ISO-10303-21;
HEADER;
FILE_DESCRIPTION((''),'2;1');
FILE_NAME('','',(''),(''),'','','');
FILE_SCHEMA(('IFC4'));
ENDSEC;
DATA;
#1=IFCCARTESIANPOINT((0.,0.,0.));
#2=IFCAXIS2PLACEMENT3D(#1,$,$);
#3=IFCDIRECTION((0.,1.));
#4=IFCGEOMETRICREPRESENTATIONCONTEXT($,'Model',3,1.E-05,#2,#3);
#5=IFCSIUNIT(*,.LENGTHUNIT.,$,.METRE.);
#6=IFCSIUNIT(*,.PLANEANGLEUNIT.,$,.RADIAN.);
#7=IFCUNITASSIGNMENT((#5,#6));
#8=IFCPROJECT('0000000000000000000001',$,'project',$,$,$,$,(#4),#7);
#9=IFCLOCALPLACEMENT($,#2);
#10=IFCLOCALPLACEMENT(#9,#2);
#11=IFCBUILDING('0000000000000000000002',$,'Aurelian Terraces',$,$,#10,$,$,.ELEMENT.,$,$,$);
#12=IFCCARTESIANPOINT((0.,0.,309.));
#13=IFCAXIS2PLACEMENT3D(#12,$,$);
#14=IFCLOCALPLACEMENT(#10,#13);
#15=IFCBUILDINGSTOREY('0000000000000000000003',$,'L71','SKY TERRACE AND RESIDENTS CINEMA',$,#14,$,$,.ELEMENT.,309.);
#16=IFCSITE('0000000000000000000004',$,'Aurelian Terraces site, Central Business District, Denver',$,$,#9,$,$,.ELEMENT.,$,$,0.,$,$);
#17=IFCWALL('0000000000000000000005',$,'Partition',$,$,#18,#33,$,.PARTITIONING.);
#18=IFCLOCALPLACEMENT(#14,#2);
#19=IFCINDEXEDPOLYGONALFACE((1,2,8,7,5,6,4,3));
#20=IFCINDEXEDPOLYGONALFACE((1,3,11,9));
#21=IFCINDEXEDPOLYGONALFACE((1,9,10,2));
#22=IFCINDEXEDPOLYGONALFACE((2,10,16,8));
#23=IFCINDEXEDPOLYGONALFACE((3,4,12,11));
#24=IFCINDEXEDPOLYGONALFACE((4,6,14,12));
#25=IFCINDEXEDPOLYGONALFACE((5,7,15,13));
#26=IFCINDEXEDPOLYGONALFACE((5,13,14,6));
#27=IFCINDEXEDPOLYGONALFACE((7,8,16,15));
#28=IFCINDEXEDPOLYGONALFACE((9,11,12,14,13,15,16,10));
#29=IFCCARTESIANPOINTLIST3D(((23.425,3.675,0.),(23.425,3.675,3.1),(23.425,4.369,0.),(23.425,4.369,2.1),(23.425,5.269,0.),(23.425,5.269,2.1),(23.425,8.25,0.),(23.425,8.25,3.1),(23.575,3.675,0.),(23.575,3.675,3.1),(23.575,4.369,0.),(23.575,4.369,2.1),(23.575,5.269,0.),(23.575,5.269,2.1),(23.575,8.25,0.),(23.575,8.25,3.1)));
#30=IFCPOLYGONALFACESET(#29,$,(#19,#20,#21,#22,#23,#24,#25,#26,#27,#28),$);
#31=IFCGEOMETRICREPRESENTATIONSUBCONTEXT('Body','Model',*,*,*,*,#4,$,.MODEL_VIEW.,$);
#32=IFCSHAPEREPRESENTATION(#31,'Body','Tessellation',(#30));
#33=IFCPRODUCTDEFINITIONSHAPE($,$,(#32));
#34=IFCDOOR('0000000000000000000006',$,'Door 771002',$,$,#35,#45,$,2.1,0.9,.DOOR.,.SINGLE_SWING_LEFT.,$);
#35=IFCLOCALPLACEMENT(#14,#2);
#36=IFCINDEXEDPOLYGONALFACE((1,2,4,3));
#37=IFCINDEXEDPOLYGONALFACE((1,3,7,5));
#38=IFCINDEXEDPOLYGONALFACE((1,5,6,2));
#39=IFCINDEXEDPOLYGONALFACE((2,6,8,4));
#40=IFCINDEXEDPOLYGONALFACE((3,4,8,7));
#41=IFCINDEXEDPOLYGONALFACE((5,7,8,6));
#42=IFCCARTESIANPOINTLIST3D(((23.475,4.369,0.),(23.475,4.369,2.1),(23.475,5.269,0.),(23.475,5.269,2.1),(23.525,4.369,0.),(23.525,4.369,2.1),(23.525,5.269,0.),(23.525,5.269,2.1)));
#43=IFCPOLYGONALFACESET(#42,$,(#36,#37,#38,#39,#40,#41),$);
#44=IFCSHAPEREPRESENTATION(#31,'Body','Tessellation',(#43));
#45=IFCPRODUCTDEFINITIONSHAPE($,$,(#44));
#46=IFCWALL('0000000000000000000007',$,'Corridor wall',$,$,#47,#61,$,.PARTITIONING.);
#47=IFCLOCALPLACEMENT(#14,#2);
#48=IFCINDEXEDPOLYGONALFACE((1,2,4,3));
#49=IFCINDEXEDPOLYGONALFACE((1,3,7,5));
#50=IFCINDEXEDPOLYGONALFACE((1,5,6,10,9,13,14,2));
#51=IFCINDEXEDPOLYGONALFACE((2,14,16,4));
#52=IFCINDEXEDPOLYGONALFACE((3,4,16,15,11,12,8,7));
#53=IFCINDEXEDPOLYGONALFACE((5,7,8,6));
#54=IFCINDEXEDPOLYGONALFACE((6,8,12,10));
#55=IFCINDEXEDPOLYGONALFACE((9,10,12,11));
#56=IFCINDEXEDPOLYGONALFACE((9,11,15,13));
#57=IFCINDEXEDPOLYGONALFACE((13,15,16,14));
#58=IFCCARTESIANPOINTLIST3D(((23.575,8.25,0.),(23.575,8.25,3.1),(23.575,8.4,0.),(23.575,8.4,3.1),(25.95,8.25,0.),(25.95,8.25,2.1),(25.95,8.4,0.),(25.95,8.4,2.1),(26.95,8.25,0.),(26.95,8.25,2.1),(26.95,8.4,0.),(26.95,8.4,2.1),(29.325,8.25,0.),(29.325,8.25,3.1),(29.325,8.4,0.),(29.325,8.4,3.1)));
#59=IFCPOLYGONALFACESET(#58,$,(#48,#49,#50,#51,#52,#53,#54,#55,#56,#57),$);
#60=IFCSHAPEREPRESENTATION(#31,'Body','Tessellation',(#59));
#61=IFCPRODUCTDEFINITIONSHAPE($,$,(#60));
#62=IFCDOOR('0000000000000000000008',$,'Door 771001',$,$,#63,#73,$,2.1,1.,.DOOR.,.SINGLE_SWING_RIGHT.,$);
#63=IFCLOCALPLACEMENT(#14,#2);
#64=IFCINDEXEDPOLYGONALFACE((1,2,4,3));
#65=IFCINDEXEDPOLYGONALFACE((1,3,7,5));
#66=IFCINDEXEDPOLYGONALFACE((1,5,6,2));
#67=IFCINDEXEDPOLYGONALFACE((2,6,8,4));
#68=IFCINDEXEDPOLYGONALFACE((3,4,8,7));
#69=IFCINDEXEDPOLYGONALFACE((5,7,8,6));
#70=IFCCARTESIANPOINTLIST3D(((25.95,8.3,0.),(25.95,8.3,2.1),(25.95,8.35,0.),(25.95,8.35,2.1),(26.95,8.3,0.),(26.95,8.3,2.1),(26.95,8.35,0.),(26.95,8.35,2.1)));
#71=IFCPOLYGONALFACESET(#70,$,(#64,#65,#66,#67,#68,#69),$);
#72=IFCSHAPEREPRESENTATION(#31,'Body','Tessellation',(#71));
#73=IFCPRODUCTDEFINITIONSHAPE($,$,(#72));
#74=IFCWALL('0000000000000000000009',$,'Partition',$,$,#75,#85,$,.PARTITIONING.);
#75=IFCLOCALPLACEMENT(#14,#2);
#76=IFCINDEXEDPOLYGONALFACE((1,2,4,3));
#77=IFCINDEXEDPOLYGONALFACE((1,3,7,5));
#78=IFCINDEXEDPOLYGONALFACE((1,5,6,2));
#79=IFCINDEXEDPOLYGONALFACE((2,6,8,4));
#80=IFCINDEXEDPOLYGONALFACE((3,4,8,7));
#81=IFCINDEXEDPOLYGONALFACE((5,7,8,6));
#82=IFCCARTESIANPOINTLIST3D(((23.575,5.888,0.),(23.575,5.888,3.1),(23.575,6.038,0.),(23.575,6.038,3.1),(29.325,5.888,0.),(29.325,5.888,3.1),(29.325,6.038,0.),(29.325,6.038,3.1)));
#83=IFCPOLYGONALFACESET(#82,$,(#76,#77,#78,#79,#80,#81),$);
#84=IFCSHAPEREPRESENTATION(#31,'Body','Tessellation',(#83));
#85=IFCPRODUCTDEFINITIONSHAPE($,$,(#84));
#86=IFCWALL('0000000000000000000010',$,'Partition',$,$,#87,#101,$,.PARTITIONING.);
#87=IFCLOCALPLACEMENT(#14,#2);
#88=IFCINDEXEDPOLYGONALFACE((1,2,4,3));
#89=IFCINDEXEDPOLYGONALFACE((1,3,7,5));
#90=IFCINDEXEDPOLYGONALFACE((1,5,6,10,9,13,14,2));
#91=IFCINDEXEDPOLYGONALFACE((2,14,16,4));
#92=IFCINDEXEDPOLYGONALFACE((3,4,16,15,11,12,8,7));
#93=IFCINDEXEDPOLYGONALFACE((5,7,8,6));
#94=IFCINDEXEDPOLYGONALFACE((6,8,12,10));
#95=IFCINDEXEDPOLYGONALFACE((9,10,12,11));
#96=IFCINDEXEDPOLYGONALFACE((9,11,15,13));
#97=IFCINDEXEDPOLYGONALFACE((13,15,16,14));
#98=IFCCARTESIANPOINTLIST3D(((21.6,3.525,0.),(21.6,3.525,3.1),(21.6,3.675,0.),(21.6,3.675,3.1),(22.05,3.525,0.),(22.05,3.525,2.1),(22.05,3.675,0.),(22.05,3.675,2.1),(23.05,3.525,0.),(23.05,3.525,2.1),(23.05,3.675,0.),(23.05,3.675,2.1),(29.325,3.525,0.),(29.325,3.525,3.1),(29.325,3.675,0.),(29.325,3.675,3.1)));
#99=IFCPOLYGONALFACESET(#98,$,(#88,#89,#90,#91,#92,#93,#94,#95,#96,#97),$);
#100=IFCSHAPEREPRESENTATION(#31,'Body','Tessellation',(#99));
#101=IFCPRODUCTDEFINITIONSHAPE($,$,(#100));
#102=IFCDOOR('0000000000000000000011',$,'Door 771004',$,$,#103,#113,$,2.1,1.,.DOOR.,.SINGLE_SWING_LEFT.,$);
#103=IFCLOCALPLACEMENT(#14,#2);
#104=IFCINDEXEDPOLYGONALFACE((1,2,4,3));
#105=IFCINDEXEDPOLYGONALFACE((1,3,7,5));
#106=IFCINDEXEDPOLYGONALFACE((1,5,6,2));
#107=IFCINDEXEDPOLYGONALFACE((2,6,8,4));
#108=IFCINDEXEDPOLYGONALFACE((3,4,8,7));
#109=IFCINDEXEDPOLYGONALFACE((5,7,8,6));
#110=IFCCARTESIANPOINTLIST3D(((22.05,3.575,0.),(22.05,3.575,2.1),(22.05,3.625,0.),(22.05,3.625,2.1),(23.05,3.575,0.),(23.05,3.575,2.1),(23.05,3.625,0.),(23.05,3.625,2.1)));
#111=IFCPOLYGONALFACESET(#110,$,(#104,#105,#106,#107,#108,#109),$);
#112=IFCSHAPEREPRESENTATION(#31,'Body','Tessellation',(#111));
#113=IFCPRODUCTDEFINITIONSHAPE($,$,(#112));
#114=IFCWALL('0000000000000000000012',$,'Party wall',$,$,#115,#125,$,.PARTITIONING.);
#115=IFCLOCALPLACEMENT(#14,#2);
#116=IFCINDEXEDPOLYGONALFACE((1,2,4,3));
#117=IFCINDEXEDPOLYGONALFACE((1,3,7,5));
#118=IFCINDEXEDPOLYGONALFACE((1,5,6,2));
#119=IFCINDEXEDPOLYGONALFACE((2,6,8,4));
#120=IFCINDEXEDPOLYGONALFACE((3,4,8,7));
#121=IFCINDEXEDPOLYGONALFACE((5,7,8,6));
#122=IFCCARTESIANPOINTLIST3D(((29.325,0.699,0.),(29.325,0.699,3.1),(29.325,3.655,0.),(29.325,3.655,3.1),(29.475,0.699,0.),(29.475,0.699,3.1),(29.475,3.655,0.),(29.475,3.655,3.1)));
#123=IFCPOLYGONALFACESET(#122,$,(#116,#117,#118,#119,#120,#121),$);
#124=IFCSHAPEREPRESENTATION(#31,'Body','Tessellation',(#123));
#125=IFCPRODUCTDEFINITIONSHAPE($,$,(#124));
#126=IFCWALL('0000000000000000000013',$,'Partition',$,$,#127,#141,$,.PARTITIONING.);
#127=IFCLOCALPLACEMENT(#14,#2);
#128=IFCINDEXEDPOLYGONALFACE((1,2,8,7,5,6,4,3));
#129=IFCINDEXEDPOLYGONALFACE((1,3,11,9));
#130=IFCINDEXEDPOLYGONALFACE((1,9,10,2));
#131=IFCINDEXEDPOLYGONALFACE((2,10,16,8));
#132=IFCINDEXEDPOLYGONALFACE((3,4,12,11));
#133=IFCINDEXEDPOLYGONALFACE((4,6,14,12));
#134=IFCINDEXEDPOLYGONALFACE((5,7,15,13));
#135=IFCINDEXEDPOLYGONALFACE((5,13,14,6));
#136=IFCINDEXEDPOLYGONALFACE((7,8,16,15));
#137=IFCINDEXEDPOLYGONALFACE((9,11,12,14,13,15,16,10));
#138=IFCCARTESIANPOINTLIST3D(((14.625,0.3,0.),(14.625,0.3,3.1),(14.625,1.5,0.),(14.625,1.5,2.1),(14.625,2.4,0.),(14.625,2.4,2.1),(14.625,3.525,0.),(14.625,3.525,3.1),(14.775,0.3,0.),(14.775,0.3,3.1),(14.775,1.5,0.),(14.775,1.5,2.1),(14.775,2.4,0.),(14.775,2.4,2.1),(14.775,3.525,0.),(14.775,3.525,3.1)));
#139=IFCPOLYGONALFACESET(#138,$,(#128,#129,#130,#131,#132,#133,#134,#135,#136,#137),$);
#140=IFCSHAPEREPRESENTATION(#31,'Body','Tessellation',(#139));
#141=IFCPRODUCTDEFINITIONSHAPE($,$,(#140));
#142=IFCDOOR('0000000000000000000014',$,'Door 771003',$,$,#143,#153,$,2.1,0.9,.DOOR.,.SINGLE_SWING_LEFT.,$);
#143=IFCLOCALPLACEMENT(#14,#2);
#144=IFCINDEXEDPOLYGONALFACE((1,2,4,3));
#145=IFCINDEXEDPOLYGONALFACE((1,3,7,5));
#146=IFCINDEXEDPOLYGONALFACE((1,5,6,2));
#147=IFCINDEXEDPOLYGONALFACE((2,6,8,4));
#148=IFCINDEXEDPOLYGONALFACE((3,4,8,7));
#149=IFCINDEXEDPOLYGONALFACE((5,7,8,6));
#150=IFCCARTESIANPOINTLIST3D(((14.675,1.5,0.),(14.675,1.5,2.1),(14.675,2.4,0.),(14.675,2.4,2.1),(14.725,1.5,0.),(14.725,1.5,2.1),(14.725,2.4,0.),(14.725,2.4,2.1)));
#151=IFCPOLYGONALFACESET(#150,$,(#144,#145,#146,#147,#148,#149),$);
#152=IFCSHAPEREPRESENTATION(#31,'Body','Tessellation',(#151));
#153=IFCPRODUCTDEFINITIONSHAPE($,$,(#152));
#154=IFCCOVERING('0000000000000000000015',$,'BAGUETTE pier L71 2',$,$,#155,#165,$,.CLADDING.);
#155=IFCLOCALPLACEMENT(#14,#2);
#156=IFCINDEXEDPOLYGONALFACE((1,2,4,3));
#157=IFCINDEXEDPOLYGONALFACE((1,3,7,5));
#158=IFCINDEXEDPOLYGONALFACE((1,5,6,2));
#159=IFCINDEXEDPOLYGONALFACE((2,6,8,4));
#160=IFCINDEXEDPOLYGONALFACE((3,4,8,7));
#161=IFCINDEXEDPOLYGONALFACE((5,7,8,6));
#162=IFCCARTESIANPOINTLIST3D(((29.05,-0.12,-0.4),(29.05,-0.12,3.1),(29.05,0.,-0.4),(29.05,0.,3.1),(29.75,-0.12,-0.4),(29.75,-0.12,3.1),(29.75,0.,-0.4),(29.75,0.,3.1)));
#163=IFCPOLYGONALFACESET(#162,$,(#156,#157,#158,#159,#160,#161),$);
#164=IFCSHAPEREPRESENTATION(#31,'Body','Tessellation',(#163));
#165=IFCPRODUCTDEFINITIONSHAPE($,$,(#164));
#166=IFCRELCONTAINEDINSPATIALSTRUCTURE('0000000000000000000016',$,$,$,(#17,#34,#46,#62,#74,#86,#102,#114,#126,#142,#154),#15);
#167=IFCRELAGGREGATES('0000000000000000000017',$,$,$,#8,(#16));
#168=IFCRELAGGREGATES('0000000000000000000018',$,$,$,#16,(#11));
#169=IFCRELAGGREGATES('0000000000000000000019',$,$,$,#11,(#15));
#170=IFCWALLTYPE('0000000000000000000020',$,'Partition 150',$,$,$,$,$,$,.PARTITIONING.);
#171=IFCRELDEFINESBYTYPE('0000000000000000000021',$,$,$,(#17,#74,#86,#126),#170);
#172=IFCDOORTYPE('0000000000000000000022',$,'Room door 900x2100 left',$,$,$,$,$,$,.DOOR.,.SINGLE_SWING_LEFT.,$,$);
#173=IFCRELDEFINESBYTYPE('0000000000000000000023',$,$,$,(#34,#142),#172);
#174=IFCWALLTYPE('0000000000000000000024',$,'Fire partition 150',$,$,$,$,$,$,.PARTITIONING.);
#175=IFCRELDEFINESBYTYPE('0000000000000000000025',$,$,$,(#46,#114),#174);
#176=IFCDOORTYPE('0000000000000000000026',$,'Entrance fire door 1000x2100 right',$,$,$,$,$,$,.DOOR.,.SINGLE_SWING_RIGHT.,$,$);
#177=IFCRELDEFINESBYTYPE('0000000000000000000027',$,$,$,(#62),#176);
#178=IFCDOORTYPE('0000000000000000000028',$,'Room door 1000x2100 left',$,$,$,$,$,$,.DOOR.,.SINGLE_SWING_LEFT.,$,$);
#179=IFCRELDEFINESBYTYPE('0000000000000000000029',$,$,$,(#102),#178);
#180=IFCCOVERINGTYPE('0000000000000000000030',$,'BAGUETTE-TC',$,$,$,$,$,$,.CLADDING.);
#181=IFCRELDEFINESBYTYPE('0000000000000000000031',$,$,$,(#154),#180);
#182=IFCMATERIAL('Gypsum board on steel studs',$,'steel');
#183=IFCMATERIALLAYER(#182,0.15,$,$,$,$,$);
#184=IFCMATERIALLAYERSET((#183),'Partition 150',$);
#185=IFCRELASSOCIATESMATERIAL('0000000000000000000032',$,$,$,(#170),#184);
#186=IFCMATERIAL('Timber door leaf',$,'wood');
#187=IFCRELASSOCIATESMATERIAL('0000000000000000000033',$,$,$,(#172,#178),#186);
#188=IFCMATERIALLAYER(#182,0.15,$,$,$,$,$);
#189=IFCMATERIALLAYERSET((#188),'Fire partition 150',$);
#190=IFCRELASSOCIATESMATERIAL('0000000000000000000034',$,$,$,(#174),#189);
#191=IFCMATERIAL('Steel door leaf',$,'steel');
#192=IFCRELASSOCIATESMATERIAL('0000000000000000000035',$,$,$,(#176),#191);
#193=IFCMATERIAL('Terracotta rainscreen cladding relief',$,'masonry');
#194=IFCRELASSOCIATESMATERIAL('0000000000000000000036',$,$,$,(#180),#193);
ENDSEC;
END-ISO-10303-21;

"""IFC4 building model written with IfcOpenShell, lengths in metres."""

from ifc_helpers import new_model, si_unit, direction, frame, frame_2d, origin, origin_2d, place, context, subcontext, project, spatial, rectangle, extrude, source, transform, mapped, material, layer, layer_set, type_object, element, fill, save


model = new_model("IFC4")

# Units and contexts
model_context = context("Model", 3, precision=1e-05, world=origin(), true_north=direction((0.0, 1.0)))
body_context = subcontext(model_context, "Body", "Model", "MODEL_VIEW")
ifc_project = project(units=[si_unit("LENGTHUNIT", "METRE"), si_unit("PLANEANGLEUNIT", "RADIAN")], contexts=[model_context])

# Site, building, storey
site_placement = place(None, origin())
site = spatial("IfcSite", under=ifc_project, at=site_placement, Name="Aurelian Terraces site, Central Business District, Denver", CompositionType="ELEMENT", RefElevation=0.0)
building_placement = place(site_placement, origin())
building = spatial("IfcBuilding", under=site, at=building_placement, Name="Aurelian Terraces", CompositionType="ELEMENT")
storey_placement = place(building_placement, frame((0.0, 0.0, 309.0)))
storey = spatial("IfcBuildingStorey", under=building, at=storey_placement, Name="L71", Description="SKY TERRACE AND RESIDENTS CINEMA", CompositionType="ELEMENT", Elevation=309.0)

# Shared definitions
ifc_material_1 = material(Name="Steel door leaf", Category="steel")

# Walls, openings, doors
ifc_material_2 = material(Name="Gypsum board on steel studs", Category="steel")
shared_shape_1 = source(origin(), body_context, "Body", "SweptSolid", [
    extrude(rectangle(XDim=0.9, YDim=2.1, at=frame_2d((0.45, 1.05))), frame((0.0, 0.025, 0.0), z_axis=(0.0, -1.0, 0.0), x_axis=(1.0, 0.0, 0.0)), (0.0, 0.0, 1.0), 0.05),
])
ifc_layer_1 = layer(ifc_material_2, 0.15)
ifc_layer_set_1 = layer_set([ifc_layer_1], Name="Partition 150")
wall_type_1 = type_object("IfcWallType", Name="Partition 150", PredefinedType="PARTITIONING", material=ifc_layer_set_1)
shared_shape_2 = source(origin(), body_context, "Body", "SweptSolid", [
    extrude(rectangle(XDim=4.575, YDim=0.15, at=frame_2d((2.2875, 0.0))), origin(), (0.0, 0.0, 1.0), 3.1),
])
wall_1_placement = place(storey_placement, frame((23.5, 8.25, 0.0), z_axis=(0.0, 0.0, 1.0), x_axis=(0.0, -1.0, 0.0)))
wall_1 = element("IfcWall", 1, at=wall_1_placement, inside=storey, type_object=wall_type_1, Name="Partition", PredefinedType="PARTITIONING", context=body_context, shape_type="MappedRepresentation", body=[
    mapped(shared_shape_2, transform((0.0, 0.0, 0.0), scale=1.0)),
])
shared_shape_3 = source(origin(), body_context, "Body", "SweptSolid", [
    extrude(rectangle(XDim=0.9, YDim=2.1, at=frame_2d((0.45, 1.05))), frame((0.0, 0.085, 0.0), z_axis=(0.0, -1.0, 0.0), x_axis=(1.0, 0.0, 0.0)), (0.0, 0.0, 1.0), 0.17),
])
opening_1_placement = place(wall_1_placement, frame((2.981, 0.0, 0.0)))
opening_1 = element("IfcOpeningElement", 2, at=opening_1_placement, cuts=wall_1, PredefinedType="OPENING", context=body_context, shape_type="MappedRepresentation", body=[
    mapped(shared_shape_3, transform((0.0, 0.0, 0.0), scale=1.0)),
])
ifc_material_3 = material(Name="Timber door leaf", Category="wood")
door_type_1 = type_object("IfcDoorType", Name="Room door 900x2100 left", OperationType="SINGLE_SWING_LEFT", PredefinedType="DOOR", material=ifc_material_3)
door_1_placement = place(opening_1_placement, origin())
door_1 = element("IfcDoor", 3, at=door_1_placement, inside=storey, type_object=door_type_1, Name="Door 771002", OperationType="SINGLE_SWING_LEFT", OverallHeight=2.1, OverallWidth=0.9, PredefinedType="DOOR", context=body_context, shape_type="MappedRepresentation", body=[
    mapped(shared_shape_1, transform((0.0, 0.0, 0.0), scale=1.0)),
])
fill(opening_1, door_1)
ifc_layer_2 = layer(ifc_material_2, 0.15)
ifc_layer_set_2 = layer_set([ifc_layer_2], Name="Fire partition 150")
wall_type_2 = type_object("IfcWallType", Name="Fire partition 150", PredefinedType="PARTITIONING", material=ifc_layer_set_2)
shared_shape_4 = source(origin(), body_context, "Body", "SweptSolid", [
    extrude(rectangle(XDim=5.75, YDim=0.15, at=frame_2d((2.875, 0.0))), origin(), (0.0, 0.0, 1.0), 3.1),
])
wall_2_placement = place(storey_placement, frame((29.325, 8.325, 0.0), z_axis=(0.0, 0.0, 1.0), x_axis=(-1.0, 0.0, 0.0)))
wall_2 = element("IfcWall", 4, at=wall_2_placement, inside=storey, type_object=wall_type_2, Name="Corridor wall", PredefinedType="PARTITIONING", context=body_context, shape_type="MappedRepresentation", body=[
    mapped(shared_shape_4, transform((0.0, 0.0, 0.0), scale=1.0)),
])
shared_shape_5 = source(origin(), body_context, "Body", "SweptSolid", [
    extrude(rectangle(XDim=1.0, YDim=2.1, at=frame_2d((0.5, 1.05))), frame((0.0, 0.085, 0.0), z_axis=(0.0, -1.0, 0.0), x_axis=(1.0, 0.0, 0.0)), (0.0, 0.0, 1.0), 0.17),
])
opening_2_placement = place(wall_2_placement, frame((2.375, 0.0, 0.0)))
opening_2 = element("IfcOpeningElement", 5, at=opening_2_placement, cuts=wall_2, PredefinedType="OPENING", context=body_context, shape_type="MappedRepresentation", body=[
    mapped(shared_shape_5, transform((0.0, 0.0, 0.0), scale=1.0)),
])
door_type_2 = type_object("IfcDoorType", Name="Entrance fire door 1000x2100 right", OperationType="SINGLE_SWING_RIGHT", PredefinedType="DOOR", material=ifc_material_1)
shared_shape_6 = source(origin(), body_context, "Body", "SweptSolid", [
    extrude(rectangle(XDim=1.0, YDim=2.1, at=frame_2d((0.5, 1.05))), frame((0.0, 0.025, 0.0), z_axis=(0.0, -1.0, 0.0), x_axis=(1.0, 0.0, 0.0)), (0.0, 0.0, 1.0), 0.05),
])
door_2_placement = place(opening_2_placement, origin())
door_2 = element("IfcDoor", 6, at=door_2_placement, inside=storey, type_object=door_type_2, Name="Door 771001", OperationType="SINGLE_SWING_RIGHT", OverallHeight=2.1, OverallWidth=1.0, PredefinedType="DOOR", context=body_context, shape_type="MappedRepresentation", body=[
    mapped(shared_shape_6, transform((0.0, 0.0, 0.0), scale=1.0)),
])
fill(opening_2, door_2)

# Wall
wall_3_placement = place(storey_placement, frame((29.325, 5.963, 0.0), z_axis=(0.0, 0.0, 1.0), x_axis=(-1.0, 0.0, 0.0)))
element("IfcWall", 7, at=wall_3_placement, inside=storey, type_object=wall_type_1, Name="Partition", PredefinedType="PARTITIONING", context=body_context, shape_type="MappedRepresentation", body=[
    mapped(shared_shape_4, transform((0.0, 0.0, 0.0), scale=1.0)),
])

# Wall, opening, door
shared_shape_7 = source(origin(), body_context, "Body", "SweptSolid", [
    extrude(rectangle(XDim=7.725, YDim=0.15, at=frame_2d((3.8625, 0.0))), origin(), (0.0, 0.0, 1.0), 3.1),
])
wall_4_placement = place(storey_placement, frame((21.6, 3.6, 0.0), z_axis=(0.0, 0.0, 1.0), x_axis=(1.0, 0.0, 0.0)))
wall_4 = element("IfcWall", 8, at=wall_4_placement, inside=storey, type_object=wall_type_1, Name="Partition", PredefinedType="PARTITIONING", context=body_context, shape_type="MappedRepresentation", body=[
    mapped(shared_shape_7, transform((0.0, 0.0, 0.0), scale=1.0)),
])
opening_3_placement = place(wall_4_placement, frame((0.45, 0.0, 0.0)))
opening_3 = element("IfcOpeningElement", 9, at=opening_3_placement, cuts=wall_4, PredefinedType="OPENING", context=body_context, shape_type="MappedRepresentation", body=[
    mapped(shared_shape_5, transform((0.0, 0.0, 0.0), scale=1.0)),
])
door_type_3 = type_object("IfcDoorType", Name="Room door 1000x2100 left", OperationType="SINGLE_SWING_LEFT", PredefinedType="DOOR", material=ifc_material_3)
door_3_placement = place(opening_3_placement, origin())
door_3 = element("IfcDoor", 10, at=door_3_placement, inside=storey, type_object=door_type_3, Name="Door 771004", OperationType="SINGLE_SWING_LEFT", OverallHeight=2.1, OverallWidth=1.0, PredefinedType="DOOR", context=body_context, shape_type="MappedRepresentation", body=[
    mapped(shared_shape_6, transform((0.0, 0.0, 0.0), scale=1.0)),
])
fill(opening_3, door_3)

# Wall
shared_shape_8 = source(origin(), body_context, "Body", "SweptSolid", [
    extrude(rectangle(XDim=2.956, YDim=0.15, at=frame_2d((1.478, 0.0))), origin(), (0.0, 0.0, 1.0), 3.1),
])
wall_5_placement = place(storey_placement, frame((29.4, 0.699, 0.0), z_axis=(0.0, 0.0, 1.0), x_axis=(0.0, 1.0, 0.0)))
element("IfcWall", 11, at=wall_5_placement, inside=storey, type_object=wall_type_2, Name="Party wall", PredefinedType="PARTITIONING", context=body_context, shape_type="MappedRepresentation", body=[
    mapped(shared_shape_8, transform((0.0, 0.0, 0.0), scale=1.0)),
])

# Wall, opening, door
shared_shape_9 = source(origin(), body_context, "Body", "SweptSolid", [
    extrude(rectangle(XDim=3.225, YDim=0.15, at=frame_2d((1.6125, 0.0))), origin(), (0.0, 0.0, 1.0), 3.1),
])
wall_6_placement = place(storey_placement, frame((14.7, 3.525, 0.0), z_axis=(0.0, 0.0, 1.0), x_axis=(0.0, -1.0, 0.0)))
wall_6 = element("IfcWall", 12, at=wall_6_placement, inside=storey, type_object=wall_type_1, Name="Partition", PredefinedType="PARTITIONING", context=body_context, shape_type="MappedRepresentation", body=[
    mapped(shared_shape_9, transform((0.0, 0.0, 0.0), scale=1.0)),
])
opening_4_placement = place(wall_6_placement, frame((1.125, 0.0, 0.0)))
opening_4 = element("IfcOpeningElement", 13, at=opening_4_placement, cuts=wall_6, PredefinedType="OPENING", context=body_context, shape_type="MappedRepresentation", body=[
    mapped(shared_shape_3, transform((0.0, 0.0, 0.0), scale=1.0)),
])
door_4_placement = place(opening_4_placement, origin())
door_4 = element("IfcDoor", 14, at=door_4_placement, inside=storey, type_object=door_type_1, Name="Door 771003", OperationType="SINGLE_SWING_LEFT", OverallHeight=2.1, OverallWidth=0.9, PredefinedType="DOOR", context=body_context, shape_type="MappedRepresentation", body=[
    mapped(shared_shape_1, transform((0.0, 0.0, 0.0), scale=1.0)),
])
fill(opening_4, door_4)

# Covering
ifc_material_4 = material(Name="Terracotta rainscreen cladding relief", Category="masonry")
covering_type = type_object("IfcCoveringType", Name="BAGUETTE-TC", PredefinedType="CLADDING", material=ifc_material_4)
shared_shape_10 = source(origin(), body_context, "Body", "SweptSolid", [
    extrude(rectangle(XDim=0.7, YDim=0.12, at=origin_2d()), origin(), (0.0, 0.0, 1.0), 3.5),
])
covering_placement = place(storey_placement, frame((29.4, -0.06, -0.4), z_axis=(0.0, 0.0, 1.0), x_axis=(1.0, 0.0, 0.0)))
element("IfcCovering", 15, at=covering_placement, inside=storey, type_object=covering_type, Name="BAGUETTE pier L71 2", PredefinedType="CLADDING", context=body_context, shape_type="MappedRepresentation", body=[
    mapped(shared_shape_10, transform((0.0, 0.0, 0.0), scale=1.0)),
])

save(model, "model.ifc")
